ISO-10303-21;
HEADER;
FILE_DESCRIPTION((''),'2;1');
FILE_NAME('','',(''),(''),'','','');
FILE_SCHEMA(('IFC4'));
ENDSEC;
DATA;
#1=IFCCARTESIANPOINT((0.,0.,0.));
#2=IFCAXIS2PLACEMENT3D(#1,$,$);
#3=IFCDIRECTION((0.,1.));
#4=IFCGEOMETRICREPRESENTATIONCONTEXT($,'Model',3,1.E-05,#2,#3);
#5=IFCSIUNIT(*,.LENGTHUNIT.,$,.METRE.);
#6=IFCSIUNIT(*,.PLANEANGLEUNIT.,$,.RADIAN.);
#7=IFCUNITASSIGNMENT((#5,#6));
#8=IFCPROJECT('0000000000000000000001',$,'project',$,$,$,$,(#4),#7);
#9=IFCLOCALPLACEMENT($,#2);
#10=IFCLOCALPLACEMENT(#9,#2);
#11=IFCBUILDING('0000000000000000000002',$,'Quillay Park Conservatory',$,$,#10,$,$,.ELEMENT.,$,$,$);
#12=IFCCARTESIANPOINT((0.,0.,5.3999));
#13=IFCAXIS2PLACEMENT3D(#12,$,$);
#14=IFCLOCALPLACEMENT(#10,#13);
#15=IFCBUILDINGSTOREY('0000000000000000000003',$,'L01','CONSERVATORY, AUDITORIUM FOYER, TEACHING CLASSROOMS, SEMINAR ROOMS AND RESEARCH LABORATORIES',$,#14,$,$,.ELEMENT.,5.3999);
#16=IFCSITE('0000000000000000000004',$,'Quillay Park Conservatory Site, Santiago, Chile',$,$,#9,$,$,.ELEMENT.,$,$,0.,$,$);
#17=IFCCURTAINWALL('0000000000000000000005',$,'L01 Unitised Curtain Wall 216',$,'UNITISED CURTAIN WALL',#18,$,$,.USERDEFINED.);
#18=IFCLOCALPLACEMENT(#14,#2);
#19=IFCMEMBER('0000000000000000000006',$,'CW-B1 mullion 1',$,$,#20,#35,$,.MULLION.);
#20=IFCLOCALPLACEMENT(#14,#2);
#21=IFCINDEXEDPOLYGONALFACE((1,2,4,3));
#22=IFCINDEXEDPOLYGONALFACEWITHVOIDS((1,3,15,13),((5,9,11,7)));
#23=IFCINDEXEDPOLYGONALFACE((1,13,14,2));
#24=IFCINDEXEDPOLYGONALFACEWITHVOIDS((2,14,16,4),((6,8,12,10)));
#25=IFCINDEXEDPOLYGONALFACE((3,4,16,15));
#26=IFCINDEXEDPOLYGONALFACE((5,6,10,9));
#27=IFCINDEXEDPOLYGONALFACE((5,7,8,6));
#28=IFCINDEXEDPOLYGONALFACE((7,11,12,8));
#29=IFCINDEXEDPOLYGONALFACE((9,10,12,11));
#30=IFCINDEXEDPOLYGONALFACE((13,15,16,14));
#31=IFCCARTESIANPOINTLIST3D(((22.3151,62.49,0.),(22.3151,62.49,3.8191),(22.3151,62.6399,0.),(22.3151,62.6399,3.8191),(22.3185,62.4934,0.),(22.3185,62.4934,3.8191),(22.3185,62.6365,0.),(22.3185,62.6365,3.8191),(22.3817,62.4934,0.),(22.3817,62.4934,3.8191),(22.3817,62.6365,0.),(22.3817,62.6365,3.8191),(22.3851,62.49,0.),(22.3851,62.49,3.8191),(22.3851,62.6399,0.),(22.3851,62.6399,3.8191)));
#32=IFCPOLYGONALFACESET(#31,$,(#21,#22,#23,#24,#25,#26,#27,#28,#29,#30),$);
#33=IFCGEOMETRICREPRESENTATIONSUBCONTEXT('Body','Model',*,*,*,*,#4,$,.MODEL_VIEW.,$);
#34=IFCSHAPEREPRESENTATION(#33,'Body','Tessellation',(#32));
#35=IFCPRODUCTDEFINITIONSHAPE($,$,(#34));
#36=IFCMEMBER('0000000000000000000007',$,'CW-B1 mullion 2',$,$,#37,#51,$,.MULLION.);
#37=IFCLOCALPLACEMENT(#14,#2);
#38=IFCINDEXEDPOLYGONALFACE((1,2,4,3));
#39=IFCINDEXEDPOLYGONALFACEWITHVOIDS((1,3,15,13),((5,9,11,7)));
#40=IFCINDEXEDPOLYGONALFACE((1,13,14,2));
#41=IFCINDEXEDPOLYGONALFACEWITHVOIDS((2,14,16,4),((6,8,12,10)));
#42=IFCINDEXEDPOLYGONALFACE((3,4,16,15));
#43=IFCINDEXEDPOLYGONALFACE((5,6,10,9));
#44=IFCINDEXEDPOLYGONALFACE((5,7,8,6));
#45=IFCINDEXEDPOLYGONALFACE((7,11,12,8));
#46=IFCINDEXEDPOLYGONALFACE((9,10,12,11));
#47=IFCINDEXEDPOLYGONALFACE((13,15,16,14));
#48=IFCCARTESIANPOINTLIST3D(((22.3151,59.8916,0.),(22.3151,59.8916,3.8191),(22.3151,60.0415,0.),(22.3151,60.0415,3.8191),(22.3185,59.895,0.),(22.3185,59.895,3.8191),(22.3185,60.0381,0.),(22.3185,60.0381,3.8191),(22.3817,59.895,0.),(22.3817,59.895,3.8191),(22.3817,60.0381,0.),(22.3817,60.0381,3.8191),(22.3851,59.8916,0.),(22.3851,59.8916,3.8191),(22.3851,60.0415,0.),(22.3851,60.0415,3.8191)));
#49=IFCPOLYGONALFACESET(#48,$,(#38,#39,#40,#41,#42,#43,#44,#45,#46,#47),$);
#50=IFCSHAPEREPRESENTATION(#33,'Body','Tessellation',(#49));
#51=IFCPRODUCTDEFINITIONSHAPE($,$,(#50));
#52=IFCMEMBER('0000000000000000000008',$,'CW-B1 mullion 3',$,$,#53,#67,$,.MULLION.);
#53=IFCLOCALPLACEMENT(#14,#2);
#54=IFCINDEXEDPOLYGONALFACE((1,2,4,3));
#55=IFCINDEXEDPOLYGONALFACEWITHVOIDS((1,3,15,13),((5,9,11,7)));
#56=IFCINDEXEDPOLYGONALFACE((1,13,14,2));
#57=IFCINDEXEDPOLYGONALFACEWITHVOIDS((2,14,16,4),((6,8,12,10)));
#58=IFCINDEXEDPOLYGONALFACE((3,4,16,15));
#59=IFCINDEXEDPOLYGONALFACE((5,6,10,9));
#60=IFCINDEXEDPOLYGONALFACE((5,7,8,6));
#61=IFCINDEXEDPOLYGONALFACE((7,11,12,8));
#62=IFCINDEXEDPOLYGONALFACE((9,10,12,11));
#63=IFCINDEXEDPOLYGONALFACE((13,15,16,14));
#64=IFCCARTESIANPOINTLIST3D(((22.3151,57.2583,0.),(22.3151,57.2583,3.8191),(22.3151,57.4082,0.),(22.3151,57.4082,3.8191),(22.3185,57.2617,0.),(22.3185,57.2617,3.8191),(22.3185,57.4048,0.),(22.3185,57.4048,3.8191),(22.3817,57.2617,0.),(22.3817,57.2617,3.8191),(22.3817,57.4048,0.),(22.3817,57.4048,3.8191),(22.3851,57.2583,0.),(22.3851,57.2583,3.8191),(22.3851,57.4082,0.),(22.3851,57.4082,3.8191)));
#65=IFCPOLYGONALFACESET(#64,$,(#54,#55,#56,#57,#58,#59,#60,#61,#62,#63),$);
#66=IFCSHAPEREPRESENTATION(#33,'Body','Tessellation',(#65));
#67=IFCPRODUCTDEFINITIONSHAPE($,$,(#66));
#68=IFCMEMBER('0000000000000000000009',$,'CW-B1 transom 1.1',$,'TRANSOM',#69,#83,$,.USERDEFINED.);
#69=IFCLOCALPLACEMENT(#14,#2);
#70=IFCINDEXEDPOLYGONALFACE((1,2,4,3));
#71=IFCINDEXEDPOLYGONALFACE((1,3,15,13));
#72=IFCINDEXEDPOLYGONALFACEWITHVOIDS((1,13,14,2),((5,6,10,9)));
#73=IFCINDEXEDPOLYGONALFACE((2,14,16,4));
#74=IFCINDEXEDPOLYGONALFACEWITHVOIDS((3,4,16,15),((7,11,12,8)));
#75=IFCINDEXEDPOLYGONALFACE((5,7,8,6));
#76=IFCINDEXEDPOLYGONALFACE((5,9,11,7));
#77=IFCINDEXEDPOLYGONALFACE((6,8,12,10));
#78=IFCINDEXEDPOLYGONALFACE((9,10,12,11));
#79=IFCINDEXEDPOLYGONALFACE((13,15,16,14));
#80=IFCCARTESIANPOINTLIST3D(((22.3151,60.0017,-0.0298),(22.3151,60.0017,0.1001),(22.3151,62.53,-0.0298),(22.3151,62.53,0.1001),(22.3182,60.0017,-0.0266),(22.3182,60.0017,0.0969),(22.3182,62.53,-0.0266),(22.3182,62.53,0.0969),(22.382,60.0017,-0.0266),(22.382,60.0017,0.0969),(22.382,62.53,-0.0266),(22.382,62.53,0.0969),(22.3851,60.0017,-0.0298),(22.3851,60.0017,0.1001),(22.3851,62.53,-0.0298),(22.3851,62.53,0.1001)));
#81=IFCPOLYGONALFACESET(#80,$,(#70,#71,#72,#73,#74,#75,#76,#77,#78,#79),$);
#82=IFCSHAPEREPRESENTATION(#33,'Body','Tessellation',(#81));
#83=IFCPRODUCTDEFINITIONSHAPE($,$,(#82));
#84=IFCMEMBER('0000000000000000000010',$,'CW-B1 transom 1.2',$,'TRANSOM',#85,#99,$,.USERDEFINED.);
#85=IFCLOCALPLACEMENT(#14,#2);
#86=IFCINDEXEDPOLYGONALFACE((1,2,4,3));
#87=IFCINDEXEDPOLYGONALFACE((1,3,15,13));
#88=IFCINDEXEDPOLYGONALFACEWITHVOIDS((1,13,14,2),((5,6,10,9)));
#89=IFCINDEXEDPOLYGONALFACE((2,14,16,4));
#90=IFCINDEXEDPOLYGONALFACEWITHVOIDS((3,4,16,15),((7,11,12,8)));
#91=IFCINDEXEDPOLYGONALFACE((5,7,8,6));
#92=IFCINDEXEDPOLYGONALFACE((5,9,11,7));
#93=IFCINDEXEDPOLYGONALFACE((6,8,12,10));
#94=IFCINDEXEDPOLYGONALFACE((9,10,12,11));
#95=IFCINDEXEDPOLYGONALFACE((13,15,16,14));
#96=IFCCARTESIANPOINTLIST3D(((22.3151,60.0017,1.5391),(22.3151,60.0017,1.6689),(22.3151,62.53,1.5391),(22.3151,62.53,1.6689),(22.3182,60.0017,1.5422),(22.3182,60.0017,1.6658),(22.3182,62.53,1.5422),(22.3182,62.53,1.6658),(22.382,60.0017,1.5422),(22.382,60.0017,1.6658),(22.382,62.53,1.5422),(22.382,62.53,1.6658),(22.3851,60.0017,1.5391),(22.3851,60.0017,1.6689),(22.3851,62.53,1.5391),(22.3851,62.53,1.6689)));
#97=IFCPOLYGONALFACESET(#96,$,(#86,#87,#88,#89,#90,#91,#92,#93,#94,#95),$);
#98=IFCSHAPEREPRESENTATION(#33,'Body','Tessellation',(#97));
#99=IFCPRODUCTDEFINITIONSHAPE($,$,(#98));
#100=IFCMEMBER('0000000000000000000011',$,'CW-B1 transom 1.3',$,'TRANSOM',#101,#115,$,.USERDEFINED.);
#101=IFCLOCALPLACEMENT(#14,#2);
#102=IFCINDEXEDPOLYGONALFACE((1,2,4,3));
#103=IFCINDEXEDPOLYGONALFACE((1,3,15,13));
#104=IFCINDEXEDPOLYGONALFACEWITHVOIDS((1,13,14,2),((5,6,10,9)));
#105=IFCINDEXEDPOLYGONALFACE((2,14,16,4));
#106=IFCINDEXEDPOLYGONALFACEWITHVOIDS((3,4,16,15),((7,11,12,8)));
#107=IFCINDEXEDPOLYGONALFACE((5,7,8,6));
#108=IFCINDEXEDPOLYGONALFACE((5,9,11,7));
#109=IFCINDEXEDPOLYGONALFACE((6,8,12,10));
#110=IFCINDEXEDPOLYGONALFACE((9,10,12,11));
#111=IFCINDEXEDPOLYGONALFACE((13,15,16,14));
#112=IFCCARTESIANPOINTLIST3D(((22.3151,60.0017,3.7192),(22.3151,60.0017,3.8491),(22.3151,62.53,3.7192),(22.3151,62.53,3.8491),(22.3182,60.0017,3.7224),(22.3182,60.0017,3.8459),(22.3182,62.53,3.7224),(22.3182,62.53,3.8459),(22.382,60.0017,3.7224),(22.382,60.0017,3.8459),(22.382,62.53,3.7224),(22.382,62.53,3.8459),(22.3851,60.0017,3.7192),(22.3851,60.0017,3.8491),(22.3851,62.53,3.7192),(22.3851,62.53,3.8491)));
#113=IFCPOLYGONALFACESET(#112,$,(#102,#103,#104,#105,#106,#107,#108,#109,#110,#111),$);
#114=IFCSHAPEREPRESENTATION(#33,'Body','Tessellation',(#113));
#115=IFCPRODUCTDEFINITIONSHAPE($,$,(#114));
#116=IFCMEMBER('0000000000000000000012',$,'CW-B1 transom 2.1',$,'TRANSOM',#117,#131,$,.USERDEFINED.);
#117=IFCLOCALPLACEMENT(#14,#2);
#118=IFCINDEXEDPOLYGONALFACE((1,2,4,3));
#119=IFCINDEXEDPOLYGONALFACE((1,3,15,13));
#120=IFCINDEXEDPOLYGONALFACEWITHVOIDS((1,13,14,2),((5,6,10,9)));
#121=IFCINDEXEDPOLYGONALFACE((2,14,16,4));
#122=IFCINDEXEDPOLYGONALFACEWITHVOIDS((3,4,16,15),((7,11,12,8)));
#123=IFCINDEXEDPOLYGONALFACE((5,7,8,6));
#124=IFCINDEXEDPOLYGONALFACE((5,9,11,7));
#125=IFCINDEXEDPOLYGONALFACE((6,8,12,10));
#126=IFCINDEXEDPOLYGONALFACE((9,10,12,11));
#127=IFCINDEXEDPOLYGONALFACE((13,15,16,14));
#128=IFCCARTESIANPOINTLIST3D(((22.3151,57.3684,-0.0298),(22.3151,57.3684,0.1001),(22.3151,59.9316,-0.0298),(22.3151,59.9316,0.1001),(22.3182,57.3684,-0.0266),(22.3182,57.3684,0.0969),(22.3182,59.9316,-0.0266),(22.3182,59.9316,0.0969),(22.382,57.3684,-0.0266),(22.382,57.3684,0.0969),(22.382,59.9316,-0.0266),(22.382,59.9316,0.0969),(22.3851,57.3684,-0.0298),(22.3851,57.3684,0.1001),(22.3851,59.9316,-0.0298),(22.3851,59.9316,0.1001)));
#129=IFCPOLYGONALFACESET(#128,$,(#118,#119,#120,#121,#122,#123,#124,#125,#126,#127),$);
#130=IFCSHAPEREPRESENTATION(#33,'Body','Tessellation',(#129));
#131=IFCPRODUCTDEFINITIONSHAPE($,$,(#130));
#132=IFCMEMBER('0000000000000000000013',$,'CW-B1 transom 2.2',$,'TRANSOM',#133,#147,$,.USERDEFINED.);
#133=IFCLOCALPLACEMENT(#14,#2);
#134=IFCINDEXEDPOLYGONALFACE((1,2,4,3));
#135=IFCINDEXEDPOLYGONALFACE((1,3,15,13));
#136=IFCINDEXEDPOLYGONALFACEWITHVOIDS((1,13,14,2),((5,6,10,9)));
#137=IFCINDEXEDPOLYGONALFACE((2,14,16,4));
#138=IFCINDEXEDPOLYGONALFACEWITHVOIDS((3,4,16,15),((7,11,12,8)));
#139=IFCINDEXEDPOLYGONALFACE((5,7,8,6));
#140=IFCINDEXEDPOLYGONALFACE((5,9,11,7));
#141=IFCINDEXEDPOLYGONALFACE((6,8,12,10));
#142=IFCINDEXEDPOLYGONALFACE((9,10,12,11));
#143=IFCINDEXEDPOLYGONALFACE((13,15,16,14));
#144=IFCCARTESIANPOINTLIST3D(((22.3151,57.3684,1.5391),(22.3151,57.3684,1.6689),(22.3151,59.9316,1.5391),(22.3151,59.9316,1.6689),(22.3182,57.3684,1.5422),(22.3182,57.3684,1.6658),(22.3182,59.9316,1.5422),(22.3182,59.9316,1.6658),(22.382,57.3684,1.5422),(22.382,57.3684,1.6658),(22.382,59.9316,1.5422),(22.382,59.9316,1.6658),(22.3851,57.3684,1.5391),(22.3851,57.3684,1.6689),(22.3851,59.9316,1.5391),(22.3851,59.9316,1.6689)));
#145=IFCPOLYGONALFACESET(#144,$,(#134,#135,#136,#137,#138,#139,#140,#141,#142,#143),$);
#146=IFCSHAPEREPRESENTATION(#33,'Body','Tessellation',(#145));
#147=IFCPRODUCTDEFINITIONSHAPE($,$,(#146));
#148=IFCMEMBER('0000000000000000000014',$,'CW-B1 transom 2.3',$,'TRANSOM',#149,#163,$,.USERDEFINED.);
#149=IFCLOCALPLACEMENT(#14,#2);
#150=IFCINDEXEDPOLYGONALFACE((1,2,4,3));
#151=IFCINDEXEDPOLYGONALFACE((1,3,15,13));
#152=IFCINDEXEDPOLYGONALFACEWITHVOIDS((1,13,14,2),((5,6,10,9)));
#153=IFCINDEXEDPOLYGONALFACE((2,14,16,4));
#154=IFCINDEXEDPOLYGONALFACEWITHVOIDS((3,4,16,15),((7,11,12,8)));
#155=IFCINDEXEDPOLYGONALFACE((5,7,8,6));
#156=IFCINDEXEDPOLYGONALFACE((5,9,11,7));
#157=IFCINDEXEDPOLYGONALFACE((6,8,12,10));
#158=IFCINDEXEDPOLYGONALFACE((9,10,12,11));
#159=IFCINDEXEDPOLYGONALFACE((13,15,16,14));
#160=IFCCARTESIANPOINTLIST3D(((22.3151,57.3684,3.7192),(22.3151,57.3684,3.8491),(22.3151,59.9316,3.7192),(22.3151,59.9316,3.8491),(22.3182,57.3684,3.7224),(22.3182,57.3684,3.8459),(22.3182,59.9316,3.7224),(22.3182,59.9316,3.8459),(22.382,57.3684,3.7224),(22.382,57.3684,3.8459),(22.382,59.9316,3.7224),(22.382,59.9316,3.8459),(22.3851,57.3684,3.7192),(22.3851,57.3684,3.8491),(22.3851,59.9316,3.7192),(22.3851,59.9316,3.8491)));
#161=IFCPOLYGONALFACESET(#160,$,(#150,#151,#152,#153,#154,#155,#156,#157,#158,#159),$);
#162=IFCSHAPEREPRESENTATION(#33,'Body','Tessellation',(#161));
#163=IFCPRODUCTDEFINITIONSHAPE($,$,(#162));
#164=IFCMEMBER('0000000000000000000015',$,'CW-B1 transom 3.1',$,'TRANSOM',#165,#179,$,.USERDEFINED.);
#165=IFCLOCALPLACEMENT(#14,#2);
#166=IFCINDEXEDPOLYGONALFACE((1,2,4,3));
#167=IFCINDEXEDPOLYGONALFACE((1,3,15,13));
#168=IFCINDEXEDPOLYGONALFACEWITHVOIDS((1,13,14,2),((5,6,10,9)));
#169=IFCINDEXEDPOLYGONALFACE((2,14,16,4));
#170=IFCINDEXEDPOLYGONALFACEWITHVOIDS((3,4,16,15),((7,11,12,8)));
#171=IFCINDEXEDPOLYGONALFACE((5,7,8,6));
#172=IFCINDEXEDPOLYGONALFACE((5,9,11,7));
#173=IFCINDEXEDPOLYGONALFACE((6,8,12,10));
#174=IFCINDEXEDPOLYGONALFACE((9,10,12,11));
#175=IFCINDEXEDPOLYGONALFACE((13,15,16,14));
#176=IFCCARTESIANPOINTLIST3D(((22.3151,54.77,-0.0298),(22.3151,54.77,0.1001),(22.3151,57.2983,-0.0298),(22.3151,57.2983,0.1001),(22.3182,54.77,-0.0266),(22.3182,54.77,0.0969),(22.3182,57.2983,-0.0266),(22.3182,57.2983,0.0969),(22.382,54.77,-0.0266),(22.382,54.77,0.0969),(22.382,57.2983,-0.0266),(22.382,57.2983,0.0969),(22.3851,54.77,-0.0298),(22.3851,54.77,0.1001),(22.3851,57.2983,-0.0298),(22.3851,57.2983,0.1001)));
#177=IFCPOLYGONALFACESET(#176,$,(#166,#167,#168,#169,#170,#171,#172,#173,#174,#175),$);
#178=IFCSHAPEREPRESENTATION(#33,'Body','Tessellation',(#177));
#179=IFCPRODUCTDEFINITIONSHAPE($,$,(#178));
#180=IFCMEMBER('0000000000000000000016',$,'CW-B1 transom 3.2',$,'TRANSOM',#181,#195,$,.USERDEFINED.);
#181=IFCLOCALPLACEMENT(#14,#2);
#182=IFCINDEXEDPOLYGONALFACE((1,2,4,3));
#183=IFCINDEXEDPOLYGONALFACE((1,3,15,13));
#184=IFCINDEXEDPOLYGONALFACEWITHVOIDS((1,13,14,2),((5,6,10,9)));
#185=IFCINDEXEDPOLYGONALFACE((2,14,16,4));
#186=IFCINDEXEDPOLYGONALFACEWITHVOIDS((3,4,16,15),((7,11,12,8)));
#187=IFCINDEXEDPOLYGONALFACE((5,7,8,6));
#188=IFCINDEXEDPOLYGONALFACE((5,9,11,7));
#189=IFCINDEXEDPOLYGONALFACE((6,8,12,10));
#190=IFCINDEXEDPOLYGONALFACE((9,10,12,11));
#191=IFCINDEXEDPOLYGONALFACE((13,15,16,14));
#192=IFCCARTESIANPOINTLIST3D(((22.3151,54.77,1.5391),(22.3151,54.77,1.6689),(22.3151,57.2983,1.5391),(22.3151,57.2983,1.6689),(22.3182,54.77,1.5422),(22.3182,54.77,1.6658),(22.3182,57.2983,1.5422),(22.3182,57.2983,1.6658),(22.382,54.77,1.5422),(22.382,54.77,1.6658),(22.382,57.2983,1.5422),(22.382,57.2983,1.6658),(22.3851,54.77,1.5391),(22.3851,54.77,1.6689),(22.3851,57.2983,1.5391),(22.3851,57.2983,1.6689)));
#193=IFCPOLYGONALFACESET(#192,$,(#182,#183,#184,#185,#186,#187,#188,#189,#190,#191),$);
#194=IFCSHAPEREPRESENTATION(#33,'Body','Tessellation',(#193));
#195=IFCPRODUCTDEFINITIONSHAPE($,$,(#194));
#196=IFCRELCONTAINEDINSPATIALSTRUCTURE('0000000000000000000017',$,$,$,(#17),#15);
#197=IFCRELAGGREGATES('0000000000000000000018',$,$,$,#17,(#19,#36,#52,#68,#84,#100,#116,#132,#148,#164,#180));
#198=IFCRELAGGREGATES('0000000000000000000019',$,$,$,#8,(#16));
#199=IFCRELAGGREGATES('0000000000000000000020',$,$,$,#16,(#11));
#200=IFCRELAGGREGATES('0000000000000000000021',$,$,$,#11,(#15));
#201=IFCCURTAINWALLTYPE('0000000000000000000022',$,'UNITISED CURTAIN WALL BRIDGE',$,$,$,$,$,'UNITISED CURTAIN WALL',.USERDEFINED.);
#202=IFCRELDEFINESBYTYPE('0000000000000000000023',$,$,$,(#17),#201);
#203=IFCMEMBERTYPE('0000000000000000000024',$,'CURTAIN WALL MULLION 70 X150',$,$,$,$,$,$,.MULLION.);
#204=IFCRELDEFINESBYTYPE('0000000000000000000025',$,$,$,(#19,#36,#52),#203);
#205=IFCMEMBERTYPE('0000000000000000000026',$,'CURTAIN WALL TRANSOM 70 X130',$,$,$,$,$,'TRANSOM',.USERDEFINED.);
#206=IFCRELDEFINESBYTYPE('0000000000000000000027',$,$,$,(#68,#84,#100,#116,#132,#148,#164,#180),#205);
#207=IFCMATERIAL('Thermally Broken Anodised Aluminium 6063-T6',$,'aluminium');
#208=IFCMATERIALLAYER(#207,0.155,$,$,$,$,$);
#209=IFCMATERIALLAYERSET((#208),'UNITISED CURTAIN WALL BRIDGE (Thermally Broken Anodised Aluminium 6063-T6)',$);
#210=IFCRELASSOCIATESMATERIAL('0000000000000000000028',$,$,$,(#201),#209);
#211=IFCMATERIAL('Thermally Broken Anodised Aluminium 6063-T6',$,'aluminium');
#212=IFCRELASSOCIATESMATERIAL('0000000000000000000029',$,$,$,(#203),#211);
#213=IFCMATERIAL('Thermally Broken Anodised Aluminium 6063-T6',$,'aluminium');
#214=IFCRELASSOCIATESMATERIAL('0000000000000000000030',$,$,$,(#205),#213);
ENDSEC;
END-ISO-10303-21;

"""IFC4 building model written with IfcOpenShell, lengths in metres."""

from ifc_helpers import new_model, si_unit, direction, frame, origin, origin_2d, place, context, subcontext, project, spatial, hollow_rectangle, extrude, material, layer, layer_set, material_profile, profile_set, type_object, element, aggregate, save


model = new_model("IFC4")

# Units and contexts
model_context = context("Model", 3, precision=1e-05, world=origin(), true_north=direction((0.0, 1.0)))
body_context = subcontext(model_context, "Body", "Model", "MODEL_VIEW")
ifc_project = project(units=[si_unit("LENGTHUNIT", "METRE"), si_unit("PLANEANGLEUNIT", "RADIAN")], contexts=[model_context])

# Site, building, storey
site_placement = place(None, origin())
site = spatial("IfcSite", under=ifc_project, at=site_placement, Name="Quillay Park Conservatory Site, Santiago, Chile", CompositionType="ELEMENT", RefElevation=0.0)
building_placement = place(site_placement, origin())
building = spatial("IfcBuilding", under=site, at=building_placement, Name="Quillay Park Conservatory", CompositionType="ELEMENT")
storey_placement = place(building_placement, frame((0.0, 0.0, 5.3999)))
storey = spatial("IfcBuildingStorey", under=building, at=storey_placement, Name="L01", Description="CONSERVATORY, AUDITORIUM FOYER, TEACHING CLASSROOMS, SEMINAR ROOMS AND RESEARCH LABORATORIES", CompositionType="ELEMENT", Elevation=5.3999)

# Curtain wall, members
ifc_material_1 = material(Name="Thermally Broken Anodised Aluminium 6063-T6", Category="aluminium")
ifc_layer_1 = layer(ifc_material_1, 0.155)
ifc_layer_set_1 = layer_set([ifc_layer_1], Name="UNITISED CURTAIN WALL BRIDGE (Thermally Broken Anodised Aluminium 6063-T6)")
curtain_wall_type = type_object("IfcCurtainWallType", Name="UNITISED CURTAIN WALL BRIDGE", ElementType="UNITISED CURTAIN WALL", PredefinedType="USERDEFINED", material=ifc_layer_set_1)
curtain_wall_placement = place(storey_placement, origin())
curtain_wall = element("IfcCurtainWall", 1, at=curtain_wall_placement, inside=storey, type_object=curtain_wall_type, Name="L01 Unitised Curtain Wall 216", ObjectType="UNITISED CURTAIN WALL", PredefinedType="USERDEFINED")
ifc_material_2 = material(Name="Thermally Broken Anodised Aluminium 6063-T6", Category="aluminium")
ifc_material_profile_1 = material_profile(ifc_material_2, hollow_rectangle(XDim=0.0701, YDim=0.1499, WallThickness=0.0034, at=origin_2d()), Name="AL70x150x3.5")
ifc_profile_set_1 = profile_set([ifc_material_profile_1], Name="Thermally Broken Anodised Aluminium 6063-T6")
member_type_1 = type_object("IfcMemberType", Name="CURTAIN WALL MULLION 70 X150", PredefinedType="MULLION", material=ifc_profile_set_1)
member_1_placement = place(storey_placement, frame((22.3501, 62.5649, 0.0), z_axis=(0.0, 0.0, 1.0), x_axis=(1.0, 0.0, 0.0)))
member_1 = element("IfcMember", 2, at=member_1_placement, type_object=member_type_1, Name="CW-B1 mullion 1", PredefinedType="MULLION", context=body_context, shape_type="SweptSolid", body=[
    extrude(hollow_rectangle(XDim=0.0701, YDim=0.1499, WallThickness=0.0034, at=origin_2d()), origin(), (0.0, 0.0, 1.0), 3.8191),
])
member_2_placement = place(storey_placement, frame((22.3501, 59.9666, 0.0), z_axis=(0.0, 0.0, 1.0), x_axis=(1.0, 0.0, 0.0)))
member_2 = element("IfcMember", 3, at=member_2_placement, type_object=member_type_1, Name="CW-B1 mullion 2", PredefinedType="MULLION", context=body_context, shape_type="SweptSolid", body=[
    extrude(hollow_rectangle(XDim=0.0701, YDim=0.1499, WallThickness=0.0034, at=origin_2d()), origin(), (0.0, 0.0, 1.0), 3.8191),
])
member_3_placement = place(storey_placement, frame((22.3501, 57.3333, 0.0), z_axis=(0.0, 0.0, 1.0), x_axis=(1.0, 0.0, 0.0)))
member_3 = element("IfcMember", 4, at=member_3_placement, type_object=member_type_1, Name="CW-B1 mullion 3", PredefinedType="MULLION", context=body_context, shape_type="SweptSolid", body=[
    extrude(hollow_rectangle(XDim=0.0701, YDim=0.1499, WallThickness=0.0034, at=origin_2d()), origin(), (0.0, 0.0, 1.0), 3.8191),
])
ifc_material_3 = material(Name="Thermally Broken Anodised Aluminium 6063-T6", Category="aluminium")
ifc_material_profile_2 = material_profile(ifc_material_3, hollow_rectangle(XDim=0.0701, YDim=0.1299, WallThickness=0.0032, at=origin_2d()), Name="AL70x130x3.2")
ifc_profile_set_2 = profile_set([ifc_material_profile_2], Name="Thermally Broken Anodised Aluminium 6063-T6")
member_type_2 = type_object("IfcMemberType", Name="CURTAIN WALL TRANSOM 70 X130", ElementType="TRANSOM", PredefinedType="USERDEFINED", material=ifc_profile_set_2)
member_4_placement = place(storey_placement, frame((22.3501, 62.53, 0.0352), z_axis=(0.0, -1.0, 0.0), x_axis=(1.0, 0.0, 0.0)))
member_4 = element("IfcMember", 5, at=member_4_placement, type_object=member_type_2, Name="CW-B1 transom 1.1", ObjectType="TRANSOM", PredefinedType="USERDEFINED", context=body_context, shape_type="SweptSolid", body=[
    extrude(hollow_rectangle(XDim=0.0701, YDim=0.1299, WallThickness=0.0032, at=origin_2d()), origin(), (0.0, 0.0, 1.0), 2.5283),
])
member_5_placement = place(storey_placement, frame((22.3501, 62.53, 1.604), z_axis=(0.0, -1.0, 0.0), x_axis=(1.0, 0.0, 0.0)))
member_5 = element("IfcMember", 6, at=member_5_placement, type_object=member_type_2, Name="CW-B1 transom 1.2", ObjectType="TRANSOM", PredefinedType="USERDEFINED", context=body_context, shape_type="SweptSolid", body=[
    extrude(hollow_rectangle(XDim=0.0701, YDim=0.1299, WallThickness=0.0032, at=origin_2d()), origin(), (0.0, 0.0, 1.0), 2.5283),
])
member_6_placement = place(storey_placement, frame((22.3501, 62.53, 3.7842), z_axis=(0.0, -1.0, 0.0), x_axis=(1.0, 0.0, 0.0)))
member_6 = element("IfcMember", 7, at=member_6_placement, type_object=member_type_2, Name="CW-B1 transom 1.3", ObjectType="TRANSOM", PredefinedType="USERDEFINED", context=body_context, shape_type="SweptSolid", body=[
    extrude(hollow_rectangle(XDim=0.0701, YDim=0.1299, WallThickness=0.0032, at=origin_2d()), origin(), (0.0, 0.0, 1.0), 2.5283),
])
member_7_placement = place(storey_placement, frame((22.3501, 59.9316, 0.0352), z_axis=(0.0, -1.0, 0.0), x_axis=(1.0, 0.0, 0.0)))
member_7 = element("IfcMember", 8, at=member_7_placement, type_object=member_type_2, Name="CW-B1 transom 2.1", ObjectType="TRANSOM", PredefinedType="USERDEFINED", context=body_context, shape_type="SweptSolid", body=[
    extrude(hollow_rectangle(XDim=0.0701, YDim=0.1299, WallThickness=0.0032, at=origin_2d()), origin(), (0.0, 0.0, 1.0), 2.5632),
])
member_8_placement = place(storey_placement, frame((22.3501, 59.9316, 1.604), z_axis=(0.0, -1.0, 0.0), x_axis=(1.0, 0.0, 0.0)))
member_8 = element("IfcMember", 9, at=member_8_placement, type_object=member_type_2, Name="CW-B1 transom 2.2", ObjectType="TRANSOM", PredefinedType="USERDEFINED", context=body_context, shape_type="SweptSolid", body=[
    extrude(hollow_rectangle(XDim=0.0701, YDim=0.1299, WallThickness=0.0032, at=origin_2d()), origin(), (0.0, 0.0, 1.0), 2.5632),
])
member_9_placement = place(storey_placement, frame((22.3501, 59.9316, 3.7842), z_axis=(0.0, -1.0, 0.0), x_axis=(1.0, 0.0, 0.0)))
member_9 = element("IfcMember", 10, at=member_9_placement, type_object=member_type_2, Name="CW-B1 transom 2.3", ObjectType="TRANSOM", PredefinedType="USERDEFINED", context=body_context, shape_type="SweptSolid", body=[
    extrude(hollow_rectangle(XDim=0.0701, YDim=0.1299, WallThickness=0.0032, at=origin_2d()), origin(), (0.0, 0.0, 1.0), 2.5632),
])
member_10_placement = place(storey_placement, frame((22.3501, 57.2983, 0.0352), z_axis=(0.0, -1.0, 0.0), x_axis=(1.0, 0.0, 0.0)))
member_10 = element("IfcMember", 11, at=member_10_placement, type_object=member_type_2, Name="CW-B1 transom 3.1", ObjectType="TRANSOM", PredefinedType="USERDEFINED", context=body_context, shape_type="SweptSolid", body=[
    extrude(hollow_rectangle(XDim=0.0701, YDim=0.1299, WallThickness=0.0032, at=origin_2d()), origin(), (0.0, 0.0, 1.0), 2.5283),
])
member_11_placement = place(storey_placement, frame((22.3501, 57.2983, 1.604), z_axis=(0.0, -1.0, 0.0), x_axis=(1.0, 0.0, 0.0)))
member_11 = element("IfcMember", 12, at=member_11_placement, type_object=member_type_2, Name="CW-B1 transom 3.2", ObjectType="TRANSOM", PredefinedType="USERDEFINED", context=body_context, shape_type="SweptSolid", body=[
    extrude(hollow_rectangle(XDim=0.0701, YDim=0.1299, WallThickness=0.0032, at=origin_2d()), origin(), (0.0, 0.0, 1.0), 2.5283),
])
aggregate(curtain_wall, [member_1, member_2, member_3, member_4, member_5, member_6, member_7, member_8, member_9, member_10, member_11])

save(model, "model.ifc")
